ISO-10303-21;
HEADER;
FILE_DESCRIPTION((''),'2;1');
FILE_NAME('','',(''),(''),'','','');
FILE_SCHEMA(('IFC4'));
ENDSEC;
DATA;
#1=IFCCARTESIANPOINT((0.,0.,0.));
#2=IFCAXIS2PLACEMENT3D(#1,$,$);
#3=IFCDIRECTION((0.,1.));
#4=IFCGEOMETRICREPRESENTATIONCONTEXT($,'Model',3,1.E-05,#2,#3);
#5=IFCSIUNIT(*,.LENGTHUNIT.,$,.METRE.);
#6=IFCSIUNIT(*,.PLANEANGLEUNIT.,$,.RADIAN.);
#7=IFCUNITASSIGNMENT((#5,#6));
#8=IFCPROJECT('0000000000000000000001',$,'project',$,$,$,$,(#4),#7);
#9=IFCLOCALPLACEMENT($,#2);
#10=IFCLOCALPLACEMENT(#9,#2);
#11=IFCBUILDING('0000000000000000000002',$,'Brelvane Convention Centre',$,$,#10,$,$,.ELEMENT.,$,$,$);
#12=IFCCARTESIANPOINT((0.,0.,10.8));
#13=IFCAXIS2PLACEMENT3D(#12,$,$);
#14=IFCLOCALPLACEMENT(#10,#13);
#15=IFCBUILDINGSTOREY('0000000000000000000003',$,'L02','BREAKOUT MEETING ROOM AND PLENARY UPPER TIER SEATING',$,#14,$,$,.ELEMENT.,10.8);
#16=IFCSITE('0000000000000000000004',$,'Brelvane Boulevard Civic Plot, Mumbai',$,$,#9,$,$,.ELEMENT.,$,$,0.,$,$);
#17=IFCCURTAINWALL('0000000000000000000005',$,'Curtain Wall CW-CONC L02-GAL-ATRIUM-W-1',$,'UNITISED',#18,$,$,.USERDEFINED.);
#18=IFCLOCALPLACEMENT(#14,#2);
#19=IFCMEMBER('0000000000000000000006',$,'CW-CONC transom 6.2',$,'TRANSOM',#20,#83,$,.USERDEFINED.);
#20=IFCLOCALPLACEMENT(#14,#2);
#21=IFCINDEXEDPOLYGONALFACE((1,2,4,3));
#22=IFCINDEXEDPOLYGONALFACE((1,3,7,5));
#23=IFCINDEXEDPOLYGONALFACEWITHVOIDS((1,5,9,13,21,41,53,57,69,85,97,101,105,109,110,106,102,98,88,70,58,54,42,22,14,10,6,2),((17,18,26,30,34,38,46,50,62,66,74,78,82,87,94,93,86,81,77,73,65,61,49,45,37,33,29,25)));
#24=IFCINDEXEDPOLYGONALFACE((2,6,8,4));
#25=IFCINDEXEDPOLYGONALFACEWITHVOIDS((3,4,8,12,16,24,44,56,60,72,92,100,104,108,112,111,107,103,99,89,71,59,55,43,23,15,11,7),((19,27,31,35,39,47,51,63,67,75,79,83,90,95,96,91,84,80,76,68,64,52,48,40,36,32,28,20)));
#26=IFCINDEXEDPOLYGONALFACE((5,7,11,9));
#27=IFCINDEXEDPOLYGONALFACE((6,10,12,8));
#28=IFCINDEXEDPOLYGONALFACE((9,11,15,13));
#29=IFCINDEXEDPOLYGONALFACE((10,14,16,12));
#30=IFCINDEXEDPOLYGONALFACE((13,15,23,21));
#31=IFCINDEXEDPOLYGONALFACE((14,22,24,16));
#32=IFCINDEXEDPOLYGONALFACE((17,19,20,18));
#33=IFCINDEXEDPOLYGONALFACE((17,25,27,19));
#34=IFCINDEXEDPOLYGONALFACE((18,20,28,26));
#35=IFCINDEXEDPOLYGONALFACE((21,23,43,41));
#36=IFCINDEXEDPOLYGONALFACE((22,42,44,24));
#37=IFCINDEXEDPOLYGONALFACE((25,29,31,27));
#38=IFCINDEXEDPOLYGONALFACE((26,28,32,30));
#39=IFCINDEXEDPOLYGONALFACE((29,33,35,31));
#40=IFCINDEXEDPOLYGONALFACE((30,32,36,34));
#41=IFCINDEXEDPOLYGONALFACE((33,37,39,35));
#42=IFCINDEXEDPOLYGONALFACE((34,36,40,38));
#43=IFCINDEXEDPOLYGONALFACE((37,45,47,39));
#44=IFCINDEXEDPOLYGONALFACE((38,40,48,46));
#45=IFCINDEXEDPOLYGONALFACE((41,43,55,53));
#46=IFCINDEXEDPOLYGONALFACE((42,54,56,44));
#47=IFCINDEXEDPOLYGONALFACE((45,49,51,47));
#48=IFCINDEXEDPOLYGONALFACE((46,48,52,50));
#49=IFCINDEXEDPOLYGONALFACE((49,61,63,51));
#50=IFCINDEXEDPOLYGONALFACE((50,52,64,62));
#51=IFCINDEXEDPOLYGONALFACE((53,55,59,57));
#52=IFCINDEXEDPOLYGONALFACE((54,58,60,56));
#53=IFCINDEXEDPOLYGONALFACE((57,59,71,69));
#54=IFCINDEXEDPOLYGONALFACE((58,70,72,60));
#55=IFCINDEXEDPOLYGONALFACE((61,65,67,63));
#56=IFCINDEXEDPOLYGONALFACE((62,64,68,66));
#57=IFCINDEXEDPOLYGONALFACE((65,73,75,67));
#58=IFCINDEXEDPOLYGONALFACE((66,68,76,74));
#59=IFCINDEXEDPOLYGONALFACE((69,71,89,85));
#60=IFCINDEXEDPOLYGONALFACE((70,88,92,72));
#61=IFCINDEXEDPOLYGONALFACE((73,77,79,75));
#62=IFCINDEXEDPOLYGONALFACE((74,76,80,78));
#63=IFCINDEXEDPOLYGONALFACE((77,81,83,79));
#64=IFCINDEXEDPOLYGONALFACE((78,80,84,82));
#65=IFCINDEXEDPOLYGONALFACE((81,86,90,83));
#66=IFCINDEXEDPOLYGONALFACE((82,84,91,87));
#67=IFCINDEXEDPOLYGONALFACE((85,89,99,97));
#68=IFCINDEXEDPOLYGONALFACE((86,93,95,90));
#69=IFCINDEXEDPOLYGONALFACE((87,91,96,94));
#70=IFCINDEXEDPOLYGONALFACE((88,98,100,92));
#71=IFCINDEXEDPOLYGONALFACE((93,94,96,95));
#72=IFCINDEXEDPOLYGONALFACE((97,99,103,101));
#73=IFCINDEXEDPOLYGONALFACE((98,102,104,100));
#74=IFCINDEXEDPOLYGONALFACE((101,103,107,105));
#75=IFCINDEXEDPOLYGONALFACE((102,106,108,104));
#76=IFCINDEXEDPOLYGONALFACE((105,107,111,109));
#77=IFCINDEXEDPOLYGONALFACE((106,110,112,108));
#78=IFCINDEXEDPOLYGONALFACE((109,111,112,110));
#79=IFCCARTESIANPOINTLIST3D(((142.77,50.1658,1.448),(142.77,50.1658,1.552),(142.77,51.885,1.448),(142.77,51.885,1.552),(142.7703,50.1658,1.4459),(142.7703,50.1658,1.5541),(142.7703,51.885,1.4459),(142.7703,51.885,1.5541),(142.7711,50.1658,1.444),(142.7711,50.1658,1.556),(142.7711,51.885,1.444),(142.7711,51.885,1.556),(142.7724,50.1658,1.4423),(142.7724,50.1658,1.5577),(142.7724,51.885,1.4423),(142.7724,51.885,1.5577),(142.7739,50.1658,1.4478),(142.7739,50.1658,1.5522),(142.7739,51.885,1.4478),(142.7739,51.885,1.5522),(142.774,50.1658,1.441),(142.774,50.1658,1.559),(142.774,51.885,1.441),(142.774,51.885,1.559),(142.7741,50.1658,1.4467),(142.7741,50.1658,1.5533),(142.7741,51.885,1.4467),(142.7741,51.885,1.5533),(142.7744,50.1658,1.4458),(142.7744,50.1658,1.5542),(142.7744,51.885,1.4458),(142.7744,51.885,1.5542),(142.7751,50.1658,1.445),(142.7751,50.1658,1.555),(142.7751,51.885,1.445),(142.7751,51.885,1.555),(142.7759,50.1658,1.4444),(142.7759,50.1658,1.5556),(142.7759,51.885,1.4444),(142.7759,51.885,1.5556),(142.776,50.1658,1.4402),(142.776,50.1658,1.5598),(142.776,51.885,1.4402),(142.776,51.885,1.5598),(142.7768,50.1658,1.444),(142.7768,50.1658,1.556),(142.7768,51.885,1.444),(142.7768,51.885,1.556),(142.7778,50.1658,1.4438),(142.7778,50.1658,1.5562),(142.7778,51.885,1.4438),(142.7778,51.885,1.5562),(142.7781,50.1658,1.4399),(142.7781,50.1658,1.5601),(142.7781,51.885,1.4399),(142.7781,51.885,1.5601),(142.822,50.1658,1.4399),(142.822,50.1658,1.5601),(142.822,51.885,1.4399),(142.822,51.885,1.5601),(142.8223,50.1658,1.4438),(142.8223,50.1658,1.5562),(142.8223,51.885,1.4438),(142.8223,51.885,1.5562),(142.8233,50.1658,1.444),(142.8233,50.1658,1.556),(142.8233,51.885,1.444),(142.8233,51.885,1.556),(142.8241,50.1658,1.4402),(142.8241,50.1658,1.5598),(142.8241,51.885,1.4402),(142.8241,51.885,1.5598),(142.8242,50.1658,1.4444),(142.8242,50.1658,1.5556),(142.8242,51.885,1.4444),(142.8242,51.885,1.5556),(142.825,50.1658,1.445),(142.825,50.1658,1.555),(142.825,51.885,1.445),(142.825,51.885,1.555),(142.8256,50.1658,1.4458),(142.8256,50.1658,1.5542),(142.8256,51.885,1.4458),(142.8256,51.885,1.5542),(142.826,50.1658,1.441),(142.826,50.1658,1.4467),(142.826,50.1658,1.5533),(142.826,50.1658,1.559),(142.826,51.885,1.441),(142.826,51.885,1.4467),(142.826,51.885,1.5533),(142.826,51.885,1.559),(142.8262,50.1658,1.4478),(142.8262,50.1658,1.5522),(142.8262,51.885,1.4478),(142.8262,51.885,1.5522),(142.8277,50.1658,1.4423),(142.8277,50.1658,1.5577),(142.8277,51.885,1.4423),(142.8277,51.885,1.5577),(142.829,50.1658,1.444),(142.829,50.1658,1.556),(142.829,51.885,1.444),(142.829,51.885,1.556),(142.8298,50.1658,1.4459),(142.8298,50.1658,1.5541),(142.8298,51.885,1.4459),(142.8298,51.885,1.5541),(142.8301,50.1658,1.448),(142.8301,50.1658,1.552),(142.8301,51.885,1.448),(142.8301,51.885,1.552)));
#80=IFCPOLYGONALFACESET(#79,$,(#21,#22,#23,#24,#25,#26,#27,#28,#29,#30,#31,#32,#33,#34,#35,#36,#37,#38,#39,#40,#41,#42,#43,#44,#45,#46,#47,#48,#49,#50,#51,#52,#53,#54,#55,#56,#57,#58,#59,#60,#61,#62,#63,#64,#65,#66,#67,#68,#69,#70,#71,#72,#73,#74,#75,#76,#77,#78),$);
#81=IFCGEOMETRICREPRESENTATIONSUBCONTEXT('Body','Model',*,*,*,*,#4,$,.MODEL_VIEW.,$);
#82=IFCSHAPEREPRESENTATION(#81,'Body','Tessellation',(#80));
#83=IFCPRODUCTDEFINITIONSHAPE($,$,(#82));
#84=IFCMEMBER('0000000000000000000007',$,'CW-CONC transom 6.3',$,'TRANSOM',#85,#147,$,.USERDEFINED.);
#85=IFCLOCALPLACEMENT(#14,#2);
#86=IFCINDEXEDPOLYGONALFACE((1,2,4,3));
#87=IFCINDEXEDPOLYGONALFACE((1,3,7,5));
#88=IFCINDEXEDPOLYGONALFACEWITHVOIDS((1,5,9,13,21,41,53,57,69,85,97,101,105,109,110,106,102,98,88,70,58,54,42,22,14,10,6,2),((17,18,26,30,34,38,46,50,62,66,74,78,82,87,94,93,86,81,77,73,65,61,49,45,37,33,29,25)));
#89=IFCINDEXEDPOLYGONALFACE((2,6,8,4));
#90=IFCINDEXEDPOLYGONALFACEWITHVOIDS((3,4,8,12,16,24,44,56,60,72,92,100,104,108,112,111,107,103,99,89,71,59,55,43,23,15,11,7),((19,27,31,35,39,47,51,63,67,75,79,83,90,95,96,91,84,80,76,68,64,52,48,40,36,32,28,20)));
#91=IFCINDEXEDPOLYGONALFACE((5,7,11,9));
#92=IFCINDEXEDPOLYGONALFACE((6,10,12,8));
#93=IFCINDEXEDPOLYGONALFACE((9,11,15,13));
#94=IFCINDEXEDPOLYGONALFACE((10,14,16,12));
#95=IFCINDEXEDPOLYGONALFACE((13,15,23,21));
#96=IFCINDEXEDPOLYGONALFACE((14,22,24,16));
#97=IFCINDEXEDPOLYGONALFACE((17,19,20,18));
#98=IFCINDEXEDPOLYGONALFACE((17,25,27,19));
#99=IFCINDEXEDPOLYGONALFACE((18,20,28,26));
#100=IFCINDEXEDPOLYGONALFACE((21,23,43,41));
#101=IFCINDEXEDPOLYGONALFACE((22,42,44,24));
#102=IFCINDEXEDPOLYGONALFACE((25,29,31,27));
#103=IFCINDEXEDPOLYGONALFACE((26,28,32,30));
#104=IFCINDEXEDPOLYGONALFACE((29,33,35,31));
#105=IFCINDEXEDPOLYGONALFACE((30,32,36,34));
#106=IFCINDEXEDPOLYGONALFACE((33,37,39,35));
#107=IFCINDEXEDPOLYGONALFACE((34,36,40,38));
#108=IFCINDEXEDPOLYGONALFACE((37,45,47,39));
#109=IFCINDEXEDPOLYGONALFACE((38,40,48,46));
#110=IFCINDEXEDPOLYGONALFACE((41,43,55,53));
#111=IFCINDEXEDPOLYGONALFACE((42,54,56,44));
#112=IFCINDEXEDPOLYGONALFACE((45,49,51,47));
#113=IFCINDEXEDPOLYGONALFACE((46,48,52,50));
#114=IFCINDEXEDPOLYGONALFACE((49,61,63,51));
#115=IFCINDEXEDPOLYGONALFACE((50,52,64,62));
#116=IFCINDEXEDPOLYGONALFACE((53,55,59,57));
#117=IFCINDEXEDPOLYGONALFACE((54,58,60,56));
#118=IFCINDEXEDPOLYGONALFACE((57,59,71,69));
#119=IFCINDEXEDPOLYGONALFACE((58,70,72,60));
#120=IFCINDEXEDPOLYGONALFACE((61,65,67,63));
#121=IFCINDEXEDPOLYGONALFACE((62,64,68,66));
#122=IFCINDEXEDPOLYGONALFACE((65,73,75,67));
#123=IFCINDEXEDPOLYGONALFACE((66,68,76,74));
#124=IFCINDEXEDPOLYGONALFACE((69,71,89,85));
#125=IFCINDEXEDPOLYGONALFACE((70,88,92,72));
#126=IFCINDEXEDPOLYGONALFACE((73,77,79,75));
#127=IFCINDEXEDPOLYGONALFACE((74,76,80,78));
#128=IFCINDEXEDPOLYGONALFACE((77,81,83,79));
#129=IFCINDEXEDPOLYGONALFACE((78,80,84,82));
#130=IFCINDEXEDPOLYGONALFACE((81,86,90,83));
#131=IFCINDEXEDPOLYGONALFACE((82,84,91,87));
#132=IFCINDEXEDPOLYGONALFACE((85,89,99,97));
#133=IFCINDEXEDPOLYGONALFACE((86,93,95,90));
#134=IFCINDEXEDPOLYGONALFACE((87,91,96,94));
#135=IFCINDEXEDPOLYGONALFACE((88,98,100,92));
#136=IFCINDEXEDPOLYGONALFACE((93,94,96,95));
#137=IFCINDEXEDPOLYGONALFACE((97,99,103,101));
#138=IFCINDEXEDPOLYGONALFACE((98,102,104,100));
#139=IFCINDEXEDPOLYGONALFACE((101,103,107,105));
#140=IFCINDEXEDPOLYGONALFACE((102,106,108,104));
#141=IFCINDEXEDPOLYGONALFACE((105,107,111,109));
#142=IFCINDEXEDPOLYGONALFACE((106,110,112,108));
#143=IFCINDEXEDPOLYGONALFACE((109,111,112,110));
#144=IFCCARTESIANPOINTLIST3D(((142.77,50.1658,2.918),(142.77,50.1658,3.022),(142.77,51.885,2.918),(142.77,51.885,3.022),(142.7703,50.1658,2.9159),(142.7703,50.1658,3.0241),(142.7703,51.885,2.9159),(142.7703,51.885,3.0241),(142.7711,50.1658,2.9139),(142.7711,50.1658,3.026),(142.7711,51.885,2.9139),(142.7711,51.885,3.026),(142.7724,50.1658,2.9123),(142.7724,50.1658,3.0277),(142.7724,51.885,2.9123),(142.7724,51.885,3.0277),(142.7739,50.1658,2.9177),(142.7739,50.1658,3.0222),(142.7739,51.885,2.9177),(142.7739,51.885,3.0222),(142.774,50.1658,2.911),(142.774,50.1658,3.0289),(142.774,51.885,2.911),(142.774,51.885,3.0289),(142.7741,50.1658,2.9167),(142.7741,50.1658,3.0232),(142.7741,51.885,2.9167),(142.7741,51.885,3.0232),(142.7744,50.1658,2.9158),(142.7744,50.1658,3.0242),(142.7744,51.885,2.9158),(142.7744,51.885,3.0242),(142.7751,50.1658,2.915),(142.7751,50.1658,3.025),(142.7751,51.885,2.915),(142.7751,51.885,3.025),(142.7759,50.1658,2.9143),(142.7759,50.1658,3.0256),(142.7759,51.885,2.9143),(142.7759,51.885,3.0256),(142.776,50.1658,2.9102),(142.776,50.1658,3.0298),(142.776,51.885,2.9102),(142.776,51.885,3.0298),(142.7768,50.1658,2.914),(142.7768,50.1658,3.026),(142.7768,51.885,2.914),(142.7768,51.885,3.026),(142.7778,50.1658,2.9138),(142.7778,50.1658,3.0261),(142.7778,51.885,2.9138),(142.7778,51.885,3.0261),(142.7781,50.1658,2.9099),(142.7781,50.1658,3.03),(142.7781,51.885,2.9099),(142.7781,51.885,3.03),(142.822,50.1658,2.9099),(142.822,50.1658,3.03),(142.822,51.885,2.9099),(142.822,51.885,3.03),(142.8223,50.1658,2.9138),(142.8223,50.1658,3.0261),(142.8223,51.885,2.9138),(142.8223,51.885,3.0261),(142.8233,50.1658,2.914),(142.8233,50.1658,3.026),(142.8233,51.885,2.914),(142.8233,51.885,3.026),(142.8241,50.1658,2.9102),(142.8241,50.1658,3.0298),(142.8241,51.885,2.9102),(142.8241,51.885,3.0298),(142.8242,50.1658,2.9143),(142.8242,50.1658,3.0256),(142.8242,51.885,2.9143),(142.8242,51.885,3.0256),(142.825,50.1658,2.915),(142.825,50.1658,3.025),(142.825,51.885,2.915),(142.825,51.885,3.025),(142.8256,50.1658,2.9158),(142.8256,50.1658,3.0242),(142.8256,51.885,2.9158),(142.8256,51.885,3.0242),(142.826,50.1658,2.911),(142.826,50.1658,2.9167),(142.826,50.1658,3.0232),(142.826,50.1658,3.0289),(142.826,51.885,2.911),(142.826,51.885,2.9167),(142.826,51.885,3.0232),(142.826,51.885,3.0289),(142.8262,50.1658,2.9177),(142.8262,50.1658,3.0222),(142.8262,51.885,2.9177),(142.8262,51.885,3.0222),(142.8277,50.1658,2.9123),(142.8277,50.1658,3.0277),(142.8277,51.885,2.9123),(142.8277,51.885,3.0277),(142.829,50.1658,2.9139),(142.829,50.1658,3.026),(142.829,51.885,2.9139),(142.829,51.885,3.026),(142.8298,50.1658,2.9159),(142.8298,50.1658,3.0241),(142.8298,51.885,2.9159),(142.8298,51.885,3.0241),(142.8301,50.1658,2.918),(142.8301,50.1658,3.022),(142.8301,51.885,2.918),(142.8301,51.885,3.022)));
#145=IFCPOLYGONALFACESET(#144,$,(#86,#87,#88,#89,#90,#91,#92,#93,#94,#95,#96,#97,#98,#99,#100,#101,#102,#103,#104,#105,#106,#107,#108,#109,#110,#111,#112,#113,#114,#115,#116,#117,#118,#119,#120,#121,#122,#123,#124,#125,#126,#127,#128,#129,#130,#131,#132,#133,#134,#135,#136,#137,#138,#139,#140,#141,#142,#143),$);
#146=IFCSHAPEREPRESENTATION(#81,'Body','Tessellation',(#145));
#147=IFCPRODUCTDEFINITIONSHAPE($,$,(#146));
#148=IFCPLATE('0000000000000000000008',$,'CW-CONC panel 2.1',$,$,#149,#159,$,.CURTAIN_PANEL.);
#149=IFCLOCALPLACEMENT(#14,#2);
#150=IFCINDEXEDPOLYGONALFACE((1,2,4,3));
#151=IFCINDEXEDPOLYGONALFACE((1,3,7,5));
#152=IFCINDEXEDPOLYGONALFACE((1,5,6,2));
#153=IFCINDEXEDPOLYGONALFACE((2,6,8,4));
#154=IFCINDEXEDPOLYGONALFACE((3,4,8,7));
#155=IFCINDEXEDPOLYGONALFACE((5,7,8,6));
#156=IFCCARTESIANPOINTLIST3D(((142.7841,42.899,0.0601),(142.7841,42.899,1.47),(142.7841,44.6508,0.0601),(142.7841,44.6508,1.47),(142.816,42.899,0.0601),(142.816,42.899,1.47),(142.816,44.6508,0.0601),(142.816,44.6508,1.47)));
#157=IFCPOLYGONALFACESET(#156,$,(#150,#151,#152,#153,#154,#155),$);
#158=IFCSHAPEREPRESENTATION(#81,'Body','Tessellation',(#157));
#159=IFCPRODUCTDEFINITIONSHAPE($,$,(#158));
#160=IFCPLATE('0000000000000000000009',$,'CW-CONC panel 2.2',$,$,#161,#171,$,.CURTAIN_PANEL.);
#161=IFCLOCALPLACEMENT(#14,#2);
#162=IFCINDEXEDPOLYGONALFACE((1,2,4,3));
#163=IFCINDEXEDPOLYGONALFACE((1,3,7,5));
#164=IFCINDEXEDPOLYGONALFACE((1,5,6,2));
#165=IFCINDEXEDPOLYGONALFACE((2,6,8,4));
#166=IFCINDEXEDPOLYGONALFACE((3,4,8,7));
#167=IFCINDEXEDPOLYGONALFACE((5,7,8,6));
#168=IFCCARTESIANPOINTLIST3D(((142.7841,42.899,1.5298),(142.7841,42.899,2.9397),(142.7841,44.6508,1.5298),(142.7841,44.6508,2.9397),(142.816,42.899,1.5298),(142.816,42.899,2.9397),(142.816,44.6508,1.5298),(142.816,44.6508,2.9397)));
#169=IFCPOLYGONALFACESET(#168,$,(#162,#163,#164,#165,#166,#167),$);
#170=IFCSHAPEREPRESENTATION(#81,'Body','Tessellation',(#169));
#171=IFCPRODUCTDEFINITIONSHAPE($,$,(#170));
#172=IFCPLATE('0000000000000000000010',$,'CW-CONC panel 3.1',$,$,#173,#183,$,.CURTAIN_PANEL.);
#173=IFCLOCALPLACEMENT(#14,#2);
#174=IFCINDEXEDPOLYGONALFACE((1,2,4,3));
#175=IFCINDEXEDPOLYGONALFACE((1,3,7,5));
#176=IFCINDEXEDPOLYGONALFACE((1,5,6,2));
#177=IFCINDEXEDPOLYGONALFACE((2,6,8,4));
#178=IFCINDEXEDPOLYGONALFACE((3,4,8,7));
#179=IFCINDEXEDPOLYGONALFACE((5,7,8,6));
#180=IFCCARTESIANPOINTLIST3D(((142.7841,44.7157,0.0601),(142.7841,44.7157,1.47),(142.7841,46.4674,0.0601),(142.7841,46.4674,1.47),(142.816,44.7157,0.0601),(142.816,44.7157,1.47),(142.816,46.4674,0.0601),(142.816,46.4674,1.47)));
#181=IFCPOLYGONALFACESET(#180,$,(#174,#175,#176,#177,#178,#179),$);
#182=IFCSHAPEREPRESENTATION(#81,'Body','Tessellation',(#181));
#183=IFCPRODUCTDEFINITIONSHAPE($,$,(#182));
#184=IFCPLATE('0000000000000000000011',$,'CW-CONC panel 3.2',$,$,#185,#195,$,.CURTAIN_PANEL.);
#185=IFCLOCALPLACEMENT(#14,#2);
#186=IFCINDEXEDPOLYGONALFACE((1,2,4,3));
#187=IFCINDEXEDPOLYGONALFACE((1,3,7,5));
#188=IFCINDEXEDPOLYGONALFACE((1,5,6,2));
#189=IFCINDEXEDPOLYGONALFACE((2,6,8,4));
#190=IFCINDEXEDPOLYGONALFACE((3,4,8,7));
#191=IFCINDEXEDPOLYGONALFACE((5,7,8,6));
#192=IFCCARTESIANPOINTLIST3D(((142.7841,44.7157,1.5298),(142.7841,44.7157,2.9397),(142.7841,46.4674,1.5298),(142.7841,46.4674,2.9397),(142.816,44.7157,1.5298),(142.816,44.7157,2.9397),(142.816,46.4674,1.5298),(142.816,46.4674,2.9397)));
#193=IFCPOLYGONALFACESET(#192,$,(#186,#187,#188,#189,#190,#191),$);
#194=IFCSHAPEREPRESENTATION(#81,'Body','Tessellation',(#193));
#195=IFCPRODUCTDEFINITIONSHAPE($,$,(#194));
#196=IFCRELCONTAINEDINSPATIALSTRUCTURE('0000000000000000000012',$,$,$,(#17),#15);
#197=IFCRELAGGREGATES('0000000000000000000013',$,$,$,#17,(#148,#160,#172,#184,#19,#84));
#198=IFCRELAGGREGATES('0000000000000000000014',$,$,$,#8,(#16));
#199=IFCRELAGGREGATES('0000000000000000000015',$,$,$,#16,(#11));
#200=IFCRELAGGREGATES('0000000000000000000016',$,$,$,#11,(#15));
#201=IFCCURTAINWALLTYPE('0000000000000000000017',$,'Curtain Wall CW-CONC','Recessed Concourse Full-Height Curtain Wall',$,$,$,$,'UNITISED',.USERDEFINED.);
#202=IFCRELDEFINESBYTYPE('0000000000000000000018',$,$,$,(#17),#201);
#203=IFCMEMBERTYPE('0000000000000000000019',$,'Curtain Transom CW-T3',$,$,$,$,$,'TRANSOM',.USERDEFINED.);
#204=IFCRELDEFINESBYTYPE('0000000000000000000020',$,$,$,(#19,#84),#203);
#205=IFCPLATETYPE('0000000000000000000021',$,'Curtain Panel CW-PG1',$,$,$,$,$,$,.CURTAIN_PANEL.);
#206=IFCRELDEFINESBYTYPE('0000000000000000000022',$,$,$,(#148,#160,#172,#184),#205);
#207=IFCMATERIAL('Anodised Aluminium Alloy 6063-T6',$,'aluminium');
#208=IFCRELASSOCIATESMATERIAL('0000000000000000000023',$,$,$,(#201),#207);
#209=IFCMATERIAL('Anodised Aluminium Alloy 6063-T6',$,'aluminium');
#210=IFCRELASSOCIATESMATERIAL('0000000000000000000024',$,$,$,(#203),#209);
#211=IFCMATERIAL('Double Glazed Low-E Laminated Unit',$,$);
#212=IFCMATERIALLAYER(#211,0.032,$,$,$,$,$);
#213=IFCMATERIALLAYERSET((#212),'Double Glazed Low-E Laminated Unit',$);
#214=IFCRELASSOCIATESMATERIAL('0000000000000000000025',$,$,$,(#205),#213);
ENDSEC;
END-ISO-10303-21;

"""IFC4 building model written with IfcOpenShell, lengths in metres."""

from ifc_helpers import new_model, si_unit, direction, frame, origin, origin_2d, place, context, subcontext, project, spatial, rectangle, hollow_rectangle, extrude, material, layer, layer_set, material_profile, profile_set, type_object, element, aggregate, save


model = new_model("IFC4")

# Units and contexts
model_context = context("Model", 3, precision=1e-05, world=origin(), true_north=direction((0.0, 1.0)))
body_context = subcontext(model_context, "Body", "Model", "MODEL_VIEW")
ifc_project = project(units=[si_unit("LENGTHUNIT", "METRE"), si_unit("PLANEANGLEUNIT", "RADIAN")], contexts=[model_context])

# Site, building, storey
site_placement = place(None, origin())
site = spatial("IfcSite", under=ifc_project, at=site_placement, Name="Brelvane Boulevard Civic Plot, Mumbai", CompositionType="ELEMENT", RefElevation=0.0)
building_placement = place(site_placement, origin())
building = spatial("IfcBuilding", under=site, at=building_placement, Name="Brelvane Convention Centre", CompositionType="ELEMENT")
storey_placement = place(building_placement, frame((0.0, 0.0, 10.8)))
storey = spatial("IfcBuildingStorey", under=building, at=storey_placement, Name="L02", Description="BREAKOUT MEETING ROOM AND PLENARY UPPER TIER SEATING", CompositionType="ELEMENT", Elevation=10.8)

# Curtain wall, members, plates
ifc_material_1 = material(Name="Anodised Aluminium Alloy 6063-T6", Category="aluminium")
curtain_wall_type = type_object("IfcCurtainWallType", Name="Curtain Wall CW-CONC", Description="Recessed Concourse Full-Height Curtain Wall", ElementType="UNITISED", PredefinedType="USERDEFINED", material=ifc_material_1)
curtain_wall_placement = place(storey_placement, origin())
curtain_wall = element("IfcCurtainWall", 1, at=curtain_wall_placement, inside=storey, type_object=curtain_wall_type, Name="Curtain Wall CW-CONC L02-GAL-ATRIUM-W-1", ObjectType="UNITISED", PredefinedType="USERDEFINED")
ifc_material_2 = material(Name="Anodised Aluminium Alloy 6063-T6", Category="aluminium")
ifc_material_profile_1 = material_profile(ifc_material_2, hollow_rectangle(XDim=0.0601, YDim=0.1201, WallThickness=0.0039, InnerFilletRadius=0.0039, OuterFilletRadius=0.0081, at=origin_2d()), Name="ALU-T 120x60x4.0")
ifc_profile_set_1 = profile_set([ifc_material_profile_1], Name="Anodised Aluminium Alloy 6063-T6")
member_type_1 = type_object("IfcMemberType", Name="Curtain Transom CW-T3", ElementType="TRANSOM", PredefinedType="USERDEFINED", material=ifc_profile_set_1)
member_1_placement = place(storey_placement, frame((142.8, 50.1658, 1.5), z_axis=(0.0, 1.0, 0.0), x_axis=(-1.0, 0.0, 0.0)))
member_1 = element("IfcMember", 2, at=member_1_placement, type_object=member_type_1, Name="CW-CONC transom 6.2", ObjectType="TRANSOM", PredefinedType="USERDEFINED", context=body_context, shape_type="SweptSolid", body=[
    extrude(hollow_rectangle(XDim=0.0601, YDim=0.1201, WallThickness=0.0039, InnerFilletRadius=0.0039, OuterFilletRadius=0.0081, at=origin_2d()), origin(), (0.0, 0.0, 1.0), 1.7192),
])
member_2_placement = place(storey_placement, frame((142.8, 50.1658, 2.97), z_axis=(0.0, 1.0, 0.0), x_axis=(-1.0, 0.0, 0.0)))
member_2 = element("IfcMember", 3, at=member_2_placement, type_object=member_type_1, Name="CW-CONC transom 6.3", ObjectType="TRANSOM", PredefinedType="USERDEFINED", context=body_context, shape_type="SweptSolid", body=[
    extrude(hollow_rectangle(XDim=0.0601, YDim=0.1201, WallThickness=0.0039, InnerFilletRadius=0.0039, OuterFilletRadius=0.0081, at=origin_2d()), origin(), (0.0, 0.0, 1.0), 1.7192),
])
ifc_material_3 = material(Name="Double Glazed Low-E Laminated Unit")
ifc_layer = layer(ifc_material_3, 0.032)
ifc_layer_set = layer_set([ifc_layer], Name="Double Glazed Low-E Laminated Unit")
plate_type = type_object("IfcPlateType", Name="Curtain Panel CW-PG1", PredefinedType="CURTAIN_PANEL", material=ifc_layer_set)
plate_1_placement = place(storey_placement, frame((142.8, 43.7749, 0.0601), z_axis=(0.0, 0.0, 1.0), x_axis=(0.0, 1.0, 0.0)))
plate_1 = element("IfcPlate", 4, at=plate_1_placement, type_object=plate_type, Name="CW-CONC panel 2.1", PredefinedType="CURTAIN_PANEL", context=body_context, shape_type="SweptSolid", body=[
    extrude(rectangle(XDim=1.7517, YDim=0.032, at=origin_2d()), origin(), (0.0, 0.0, 1.0), 1.4099),
])
plate_2_placement = place(storey_placement, frame((142.8, 43.7749, 1.5298), z_axis=(0.0, 0.0, 1.0), x_axis=(0.0, 1.0, 0.0)))
plate_2 = element("IfcPlate", 5, at=plate_2_placement, type_object=plate_type, Name="CW-CONC panel 2.2", PredefinedType="CURTAIN_PANEL", context=body_context, shape_type="SweptSolid", body=[
    extrude(rectangle(XDim=1.7517, YDim=0.032, at=origin_2d()), origin(), (0.0, 0.0, 1.0), 1.4099),
])
plate_3_placement = place(storey_placement, frame((142.8, 45.5916, 0.0601), z_axis=(0.0, 0.0, 1.0), x_axis=(0.0, 1.0, 0.0)))
plate_3 = element("IfcPlate", 6, at=plate_3_placement, type_object=plate_type, Name="CW-CONC panel 3.1", PredefinedType="CURTAIN_PANEL", context=body_context, shape_type="SweptSolid", body=[
    extrude(rectangle(XDim=1.7517, YDim=0.032, at=origin_2d()), origin(), (0.0, 0.0, 1.0), 1.4099),
])
plate_4_placement = place(storey_placement, frame((142.8, 45.5916, 1.5298), z_axis=(0.0, 0.0, 1.0), x_axis=(0.0, 1.0, 0.0)))
plate_4 = element("IfcPlate", 7, at=plate_4_placement, type_object=plate_type, Name="CW-CONC panel 3.2", PredefinedType="CURTAIN_PANEL", context=body_context, shape_type="SweptSolid", body=[
    extrude(rectangle(XDim=1.7517, YDim=0.032, at=origin_2d()), origin(), (0.0, 0.0, 1.0), 1.4099),
])
aggregate(curtain_wall, [plate_1, plate_2, plate_3, plate_4, member_1, member_2])

save(model, "model.ifc")
